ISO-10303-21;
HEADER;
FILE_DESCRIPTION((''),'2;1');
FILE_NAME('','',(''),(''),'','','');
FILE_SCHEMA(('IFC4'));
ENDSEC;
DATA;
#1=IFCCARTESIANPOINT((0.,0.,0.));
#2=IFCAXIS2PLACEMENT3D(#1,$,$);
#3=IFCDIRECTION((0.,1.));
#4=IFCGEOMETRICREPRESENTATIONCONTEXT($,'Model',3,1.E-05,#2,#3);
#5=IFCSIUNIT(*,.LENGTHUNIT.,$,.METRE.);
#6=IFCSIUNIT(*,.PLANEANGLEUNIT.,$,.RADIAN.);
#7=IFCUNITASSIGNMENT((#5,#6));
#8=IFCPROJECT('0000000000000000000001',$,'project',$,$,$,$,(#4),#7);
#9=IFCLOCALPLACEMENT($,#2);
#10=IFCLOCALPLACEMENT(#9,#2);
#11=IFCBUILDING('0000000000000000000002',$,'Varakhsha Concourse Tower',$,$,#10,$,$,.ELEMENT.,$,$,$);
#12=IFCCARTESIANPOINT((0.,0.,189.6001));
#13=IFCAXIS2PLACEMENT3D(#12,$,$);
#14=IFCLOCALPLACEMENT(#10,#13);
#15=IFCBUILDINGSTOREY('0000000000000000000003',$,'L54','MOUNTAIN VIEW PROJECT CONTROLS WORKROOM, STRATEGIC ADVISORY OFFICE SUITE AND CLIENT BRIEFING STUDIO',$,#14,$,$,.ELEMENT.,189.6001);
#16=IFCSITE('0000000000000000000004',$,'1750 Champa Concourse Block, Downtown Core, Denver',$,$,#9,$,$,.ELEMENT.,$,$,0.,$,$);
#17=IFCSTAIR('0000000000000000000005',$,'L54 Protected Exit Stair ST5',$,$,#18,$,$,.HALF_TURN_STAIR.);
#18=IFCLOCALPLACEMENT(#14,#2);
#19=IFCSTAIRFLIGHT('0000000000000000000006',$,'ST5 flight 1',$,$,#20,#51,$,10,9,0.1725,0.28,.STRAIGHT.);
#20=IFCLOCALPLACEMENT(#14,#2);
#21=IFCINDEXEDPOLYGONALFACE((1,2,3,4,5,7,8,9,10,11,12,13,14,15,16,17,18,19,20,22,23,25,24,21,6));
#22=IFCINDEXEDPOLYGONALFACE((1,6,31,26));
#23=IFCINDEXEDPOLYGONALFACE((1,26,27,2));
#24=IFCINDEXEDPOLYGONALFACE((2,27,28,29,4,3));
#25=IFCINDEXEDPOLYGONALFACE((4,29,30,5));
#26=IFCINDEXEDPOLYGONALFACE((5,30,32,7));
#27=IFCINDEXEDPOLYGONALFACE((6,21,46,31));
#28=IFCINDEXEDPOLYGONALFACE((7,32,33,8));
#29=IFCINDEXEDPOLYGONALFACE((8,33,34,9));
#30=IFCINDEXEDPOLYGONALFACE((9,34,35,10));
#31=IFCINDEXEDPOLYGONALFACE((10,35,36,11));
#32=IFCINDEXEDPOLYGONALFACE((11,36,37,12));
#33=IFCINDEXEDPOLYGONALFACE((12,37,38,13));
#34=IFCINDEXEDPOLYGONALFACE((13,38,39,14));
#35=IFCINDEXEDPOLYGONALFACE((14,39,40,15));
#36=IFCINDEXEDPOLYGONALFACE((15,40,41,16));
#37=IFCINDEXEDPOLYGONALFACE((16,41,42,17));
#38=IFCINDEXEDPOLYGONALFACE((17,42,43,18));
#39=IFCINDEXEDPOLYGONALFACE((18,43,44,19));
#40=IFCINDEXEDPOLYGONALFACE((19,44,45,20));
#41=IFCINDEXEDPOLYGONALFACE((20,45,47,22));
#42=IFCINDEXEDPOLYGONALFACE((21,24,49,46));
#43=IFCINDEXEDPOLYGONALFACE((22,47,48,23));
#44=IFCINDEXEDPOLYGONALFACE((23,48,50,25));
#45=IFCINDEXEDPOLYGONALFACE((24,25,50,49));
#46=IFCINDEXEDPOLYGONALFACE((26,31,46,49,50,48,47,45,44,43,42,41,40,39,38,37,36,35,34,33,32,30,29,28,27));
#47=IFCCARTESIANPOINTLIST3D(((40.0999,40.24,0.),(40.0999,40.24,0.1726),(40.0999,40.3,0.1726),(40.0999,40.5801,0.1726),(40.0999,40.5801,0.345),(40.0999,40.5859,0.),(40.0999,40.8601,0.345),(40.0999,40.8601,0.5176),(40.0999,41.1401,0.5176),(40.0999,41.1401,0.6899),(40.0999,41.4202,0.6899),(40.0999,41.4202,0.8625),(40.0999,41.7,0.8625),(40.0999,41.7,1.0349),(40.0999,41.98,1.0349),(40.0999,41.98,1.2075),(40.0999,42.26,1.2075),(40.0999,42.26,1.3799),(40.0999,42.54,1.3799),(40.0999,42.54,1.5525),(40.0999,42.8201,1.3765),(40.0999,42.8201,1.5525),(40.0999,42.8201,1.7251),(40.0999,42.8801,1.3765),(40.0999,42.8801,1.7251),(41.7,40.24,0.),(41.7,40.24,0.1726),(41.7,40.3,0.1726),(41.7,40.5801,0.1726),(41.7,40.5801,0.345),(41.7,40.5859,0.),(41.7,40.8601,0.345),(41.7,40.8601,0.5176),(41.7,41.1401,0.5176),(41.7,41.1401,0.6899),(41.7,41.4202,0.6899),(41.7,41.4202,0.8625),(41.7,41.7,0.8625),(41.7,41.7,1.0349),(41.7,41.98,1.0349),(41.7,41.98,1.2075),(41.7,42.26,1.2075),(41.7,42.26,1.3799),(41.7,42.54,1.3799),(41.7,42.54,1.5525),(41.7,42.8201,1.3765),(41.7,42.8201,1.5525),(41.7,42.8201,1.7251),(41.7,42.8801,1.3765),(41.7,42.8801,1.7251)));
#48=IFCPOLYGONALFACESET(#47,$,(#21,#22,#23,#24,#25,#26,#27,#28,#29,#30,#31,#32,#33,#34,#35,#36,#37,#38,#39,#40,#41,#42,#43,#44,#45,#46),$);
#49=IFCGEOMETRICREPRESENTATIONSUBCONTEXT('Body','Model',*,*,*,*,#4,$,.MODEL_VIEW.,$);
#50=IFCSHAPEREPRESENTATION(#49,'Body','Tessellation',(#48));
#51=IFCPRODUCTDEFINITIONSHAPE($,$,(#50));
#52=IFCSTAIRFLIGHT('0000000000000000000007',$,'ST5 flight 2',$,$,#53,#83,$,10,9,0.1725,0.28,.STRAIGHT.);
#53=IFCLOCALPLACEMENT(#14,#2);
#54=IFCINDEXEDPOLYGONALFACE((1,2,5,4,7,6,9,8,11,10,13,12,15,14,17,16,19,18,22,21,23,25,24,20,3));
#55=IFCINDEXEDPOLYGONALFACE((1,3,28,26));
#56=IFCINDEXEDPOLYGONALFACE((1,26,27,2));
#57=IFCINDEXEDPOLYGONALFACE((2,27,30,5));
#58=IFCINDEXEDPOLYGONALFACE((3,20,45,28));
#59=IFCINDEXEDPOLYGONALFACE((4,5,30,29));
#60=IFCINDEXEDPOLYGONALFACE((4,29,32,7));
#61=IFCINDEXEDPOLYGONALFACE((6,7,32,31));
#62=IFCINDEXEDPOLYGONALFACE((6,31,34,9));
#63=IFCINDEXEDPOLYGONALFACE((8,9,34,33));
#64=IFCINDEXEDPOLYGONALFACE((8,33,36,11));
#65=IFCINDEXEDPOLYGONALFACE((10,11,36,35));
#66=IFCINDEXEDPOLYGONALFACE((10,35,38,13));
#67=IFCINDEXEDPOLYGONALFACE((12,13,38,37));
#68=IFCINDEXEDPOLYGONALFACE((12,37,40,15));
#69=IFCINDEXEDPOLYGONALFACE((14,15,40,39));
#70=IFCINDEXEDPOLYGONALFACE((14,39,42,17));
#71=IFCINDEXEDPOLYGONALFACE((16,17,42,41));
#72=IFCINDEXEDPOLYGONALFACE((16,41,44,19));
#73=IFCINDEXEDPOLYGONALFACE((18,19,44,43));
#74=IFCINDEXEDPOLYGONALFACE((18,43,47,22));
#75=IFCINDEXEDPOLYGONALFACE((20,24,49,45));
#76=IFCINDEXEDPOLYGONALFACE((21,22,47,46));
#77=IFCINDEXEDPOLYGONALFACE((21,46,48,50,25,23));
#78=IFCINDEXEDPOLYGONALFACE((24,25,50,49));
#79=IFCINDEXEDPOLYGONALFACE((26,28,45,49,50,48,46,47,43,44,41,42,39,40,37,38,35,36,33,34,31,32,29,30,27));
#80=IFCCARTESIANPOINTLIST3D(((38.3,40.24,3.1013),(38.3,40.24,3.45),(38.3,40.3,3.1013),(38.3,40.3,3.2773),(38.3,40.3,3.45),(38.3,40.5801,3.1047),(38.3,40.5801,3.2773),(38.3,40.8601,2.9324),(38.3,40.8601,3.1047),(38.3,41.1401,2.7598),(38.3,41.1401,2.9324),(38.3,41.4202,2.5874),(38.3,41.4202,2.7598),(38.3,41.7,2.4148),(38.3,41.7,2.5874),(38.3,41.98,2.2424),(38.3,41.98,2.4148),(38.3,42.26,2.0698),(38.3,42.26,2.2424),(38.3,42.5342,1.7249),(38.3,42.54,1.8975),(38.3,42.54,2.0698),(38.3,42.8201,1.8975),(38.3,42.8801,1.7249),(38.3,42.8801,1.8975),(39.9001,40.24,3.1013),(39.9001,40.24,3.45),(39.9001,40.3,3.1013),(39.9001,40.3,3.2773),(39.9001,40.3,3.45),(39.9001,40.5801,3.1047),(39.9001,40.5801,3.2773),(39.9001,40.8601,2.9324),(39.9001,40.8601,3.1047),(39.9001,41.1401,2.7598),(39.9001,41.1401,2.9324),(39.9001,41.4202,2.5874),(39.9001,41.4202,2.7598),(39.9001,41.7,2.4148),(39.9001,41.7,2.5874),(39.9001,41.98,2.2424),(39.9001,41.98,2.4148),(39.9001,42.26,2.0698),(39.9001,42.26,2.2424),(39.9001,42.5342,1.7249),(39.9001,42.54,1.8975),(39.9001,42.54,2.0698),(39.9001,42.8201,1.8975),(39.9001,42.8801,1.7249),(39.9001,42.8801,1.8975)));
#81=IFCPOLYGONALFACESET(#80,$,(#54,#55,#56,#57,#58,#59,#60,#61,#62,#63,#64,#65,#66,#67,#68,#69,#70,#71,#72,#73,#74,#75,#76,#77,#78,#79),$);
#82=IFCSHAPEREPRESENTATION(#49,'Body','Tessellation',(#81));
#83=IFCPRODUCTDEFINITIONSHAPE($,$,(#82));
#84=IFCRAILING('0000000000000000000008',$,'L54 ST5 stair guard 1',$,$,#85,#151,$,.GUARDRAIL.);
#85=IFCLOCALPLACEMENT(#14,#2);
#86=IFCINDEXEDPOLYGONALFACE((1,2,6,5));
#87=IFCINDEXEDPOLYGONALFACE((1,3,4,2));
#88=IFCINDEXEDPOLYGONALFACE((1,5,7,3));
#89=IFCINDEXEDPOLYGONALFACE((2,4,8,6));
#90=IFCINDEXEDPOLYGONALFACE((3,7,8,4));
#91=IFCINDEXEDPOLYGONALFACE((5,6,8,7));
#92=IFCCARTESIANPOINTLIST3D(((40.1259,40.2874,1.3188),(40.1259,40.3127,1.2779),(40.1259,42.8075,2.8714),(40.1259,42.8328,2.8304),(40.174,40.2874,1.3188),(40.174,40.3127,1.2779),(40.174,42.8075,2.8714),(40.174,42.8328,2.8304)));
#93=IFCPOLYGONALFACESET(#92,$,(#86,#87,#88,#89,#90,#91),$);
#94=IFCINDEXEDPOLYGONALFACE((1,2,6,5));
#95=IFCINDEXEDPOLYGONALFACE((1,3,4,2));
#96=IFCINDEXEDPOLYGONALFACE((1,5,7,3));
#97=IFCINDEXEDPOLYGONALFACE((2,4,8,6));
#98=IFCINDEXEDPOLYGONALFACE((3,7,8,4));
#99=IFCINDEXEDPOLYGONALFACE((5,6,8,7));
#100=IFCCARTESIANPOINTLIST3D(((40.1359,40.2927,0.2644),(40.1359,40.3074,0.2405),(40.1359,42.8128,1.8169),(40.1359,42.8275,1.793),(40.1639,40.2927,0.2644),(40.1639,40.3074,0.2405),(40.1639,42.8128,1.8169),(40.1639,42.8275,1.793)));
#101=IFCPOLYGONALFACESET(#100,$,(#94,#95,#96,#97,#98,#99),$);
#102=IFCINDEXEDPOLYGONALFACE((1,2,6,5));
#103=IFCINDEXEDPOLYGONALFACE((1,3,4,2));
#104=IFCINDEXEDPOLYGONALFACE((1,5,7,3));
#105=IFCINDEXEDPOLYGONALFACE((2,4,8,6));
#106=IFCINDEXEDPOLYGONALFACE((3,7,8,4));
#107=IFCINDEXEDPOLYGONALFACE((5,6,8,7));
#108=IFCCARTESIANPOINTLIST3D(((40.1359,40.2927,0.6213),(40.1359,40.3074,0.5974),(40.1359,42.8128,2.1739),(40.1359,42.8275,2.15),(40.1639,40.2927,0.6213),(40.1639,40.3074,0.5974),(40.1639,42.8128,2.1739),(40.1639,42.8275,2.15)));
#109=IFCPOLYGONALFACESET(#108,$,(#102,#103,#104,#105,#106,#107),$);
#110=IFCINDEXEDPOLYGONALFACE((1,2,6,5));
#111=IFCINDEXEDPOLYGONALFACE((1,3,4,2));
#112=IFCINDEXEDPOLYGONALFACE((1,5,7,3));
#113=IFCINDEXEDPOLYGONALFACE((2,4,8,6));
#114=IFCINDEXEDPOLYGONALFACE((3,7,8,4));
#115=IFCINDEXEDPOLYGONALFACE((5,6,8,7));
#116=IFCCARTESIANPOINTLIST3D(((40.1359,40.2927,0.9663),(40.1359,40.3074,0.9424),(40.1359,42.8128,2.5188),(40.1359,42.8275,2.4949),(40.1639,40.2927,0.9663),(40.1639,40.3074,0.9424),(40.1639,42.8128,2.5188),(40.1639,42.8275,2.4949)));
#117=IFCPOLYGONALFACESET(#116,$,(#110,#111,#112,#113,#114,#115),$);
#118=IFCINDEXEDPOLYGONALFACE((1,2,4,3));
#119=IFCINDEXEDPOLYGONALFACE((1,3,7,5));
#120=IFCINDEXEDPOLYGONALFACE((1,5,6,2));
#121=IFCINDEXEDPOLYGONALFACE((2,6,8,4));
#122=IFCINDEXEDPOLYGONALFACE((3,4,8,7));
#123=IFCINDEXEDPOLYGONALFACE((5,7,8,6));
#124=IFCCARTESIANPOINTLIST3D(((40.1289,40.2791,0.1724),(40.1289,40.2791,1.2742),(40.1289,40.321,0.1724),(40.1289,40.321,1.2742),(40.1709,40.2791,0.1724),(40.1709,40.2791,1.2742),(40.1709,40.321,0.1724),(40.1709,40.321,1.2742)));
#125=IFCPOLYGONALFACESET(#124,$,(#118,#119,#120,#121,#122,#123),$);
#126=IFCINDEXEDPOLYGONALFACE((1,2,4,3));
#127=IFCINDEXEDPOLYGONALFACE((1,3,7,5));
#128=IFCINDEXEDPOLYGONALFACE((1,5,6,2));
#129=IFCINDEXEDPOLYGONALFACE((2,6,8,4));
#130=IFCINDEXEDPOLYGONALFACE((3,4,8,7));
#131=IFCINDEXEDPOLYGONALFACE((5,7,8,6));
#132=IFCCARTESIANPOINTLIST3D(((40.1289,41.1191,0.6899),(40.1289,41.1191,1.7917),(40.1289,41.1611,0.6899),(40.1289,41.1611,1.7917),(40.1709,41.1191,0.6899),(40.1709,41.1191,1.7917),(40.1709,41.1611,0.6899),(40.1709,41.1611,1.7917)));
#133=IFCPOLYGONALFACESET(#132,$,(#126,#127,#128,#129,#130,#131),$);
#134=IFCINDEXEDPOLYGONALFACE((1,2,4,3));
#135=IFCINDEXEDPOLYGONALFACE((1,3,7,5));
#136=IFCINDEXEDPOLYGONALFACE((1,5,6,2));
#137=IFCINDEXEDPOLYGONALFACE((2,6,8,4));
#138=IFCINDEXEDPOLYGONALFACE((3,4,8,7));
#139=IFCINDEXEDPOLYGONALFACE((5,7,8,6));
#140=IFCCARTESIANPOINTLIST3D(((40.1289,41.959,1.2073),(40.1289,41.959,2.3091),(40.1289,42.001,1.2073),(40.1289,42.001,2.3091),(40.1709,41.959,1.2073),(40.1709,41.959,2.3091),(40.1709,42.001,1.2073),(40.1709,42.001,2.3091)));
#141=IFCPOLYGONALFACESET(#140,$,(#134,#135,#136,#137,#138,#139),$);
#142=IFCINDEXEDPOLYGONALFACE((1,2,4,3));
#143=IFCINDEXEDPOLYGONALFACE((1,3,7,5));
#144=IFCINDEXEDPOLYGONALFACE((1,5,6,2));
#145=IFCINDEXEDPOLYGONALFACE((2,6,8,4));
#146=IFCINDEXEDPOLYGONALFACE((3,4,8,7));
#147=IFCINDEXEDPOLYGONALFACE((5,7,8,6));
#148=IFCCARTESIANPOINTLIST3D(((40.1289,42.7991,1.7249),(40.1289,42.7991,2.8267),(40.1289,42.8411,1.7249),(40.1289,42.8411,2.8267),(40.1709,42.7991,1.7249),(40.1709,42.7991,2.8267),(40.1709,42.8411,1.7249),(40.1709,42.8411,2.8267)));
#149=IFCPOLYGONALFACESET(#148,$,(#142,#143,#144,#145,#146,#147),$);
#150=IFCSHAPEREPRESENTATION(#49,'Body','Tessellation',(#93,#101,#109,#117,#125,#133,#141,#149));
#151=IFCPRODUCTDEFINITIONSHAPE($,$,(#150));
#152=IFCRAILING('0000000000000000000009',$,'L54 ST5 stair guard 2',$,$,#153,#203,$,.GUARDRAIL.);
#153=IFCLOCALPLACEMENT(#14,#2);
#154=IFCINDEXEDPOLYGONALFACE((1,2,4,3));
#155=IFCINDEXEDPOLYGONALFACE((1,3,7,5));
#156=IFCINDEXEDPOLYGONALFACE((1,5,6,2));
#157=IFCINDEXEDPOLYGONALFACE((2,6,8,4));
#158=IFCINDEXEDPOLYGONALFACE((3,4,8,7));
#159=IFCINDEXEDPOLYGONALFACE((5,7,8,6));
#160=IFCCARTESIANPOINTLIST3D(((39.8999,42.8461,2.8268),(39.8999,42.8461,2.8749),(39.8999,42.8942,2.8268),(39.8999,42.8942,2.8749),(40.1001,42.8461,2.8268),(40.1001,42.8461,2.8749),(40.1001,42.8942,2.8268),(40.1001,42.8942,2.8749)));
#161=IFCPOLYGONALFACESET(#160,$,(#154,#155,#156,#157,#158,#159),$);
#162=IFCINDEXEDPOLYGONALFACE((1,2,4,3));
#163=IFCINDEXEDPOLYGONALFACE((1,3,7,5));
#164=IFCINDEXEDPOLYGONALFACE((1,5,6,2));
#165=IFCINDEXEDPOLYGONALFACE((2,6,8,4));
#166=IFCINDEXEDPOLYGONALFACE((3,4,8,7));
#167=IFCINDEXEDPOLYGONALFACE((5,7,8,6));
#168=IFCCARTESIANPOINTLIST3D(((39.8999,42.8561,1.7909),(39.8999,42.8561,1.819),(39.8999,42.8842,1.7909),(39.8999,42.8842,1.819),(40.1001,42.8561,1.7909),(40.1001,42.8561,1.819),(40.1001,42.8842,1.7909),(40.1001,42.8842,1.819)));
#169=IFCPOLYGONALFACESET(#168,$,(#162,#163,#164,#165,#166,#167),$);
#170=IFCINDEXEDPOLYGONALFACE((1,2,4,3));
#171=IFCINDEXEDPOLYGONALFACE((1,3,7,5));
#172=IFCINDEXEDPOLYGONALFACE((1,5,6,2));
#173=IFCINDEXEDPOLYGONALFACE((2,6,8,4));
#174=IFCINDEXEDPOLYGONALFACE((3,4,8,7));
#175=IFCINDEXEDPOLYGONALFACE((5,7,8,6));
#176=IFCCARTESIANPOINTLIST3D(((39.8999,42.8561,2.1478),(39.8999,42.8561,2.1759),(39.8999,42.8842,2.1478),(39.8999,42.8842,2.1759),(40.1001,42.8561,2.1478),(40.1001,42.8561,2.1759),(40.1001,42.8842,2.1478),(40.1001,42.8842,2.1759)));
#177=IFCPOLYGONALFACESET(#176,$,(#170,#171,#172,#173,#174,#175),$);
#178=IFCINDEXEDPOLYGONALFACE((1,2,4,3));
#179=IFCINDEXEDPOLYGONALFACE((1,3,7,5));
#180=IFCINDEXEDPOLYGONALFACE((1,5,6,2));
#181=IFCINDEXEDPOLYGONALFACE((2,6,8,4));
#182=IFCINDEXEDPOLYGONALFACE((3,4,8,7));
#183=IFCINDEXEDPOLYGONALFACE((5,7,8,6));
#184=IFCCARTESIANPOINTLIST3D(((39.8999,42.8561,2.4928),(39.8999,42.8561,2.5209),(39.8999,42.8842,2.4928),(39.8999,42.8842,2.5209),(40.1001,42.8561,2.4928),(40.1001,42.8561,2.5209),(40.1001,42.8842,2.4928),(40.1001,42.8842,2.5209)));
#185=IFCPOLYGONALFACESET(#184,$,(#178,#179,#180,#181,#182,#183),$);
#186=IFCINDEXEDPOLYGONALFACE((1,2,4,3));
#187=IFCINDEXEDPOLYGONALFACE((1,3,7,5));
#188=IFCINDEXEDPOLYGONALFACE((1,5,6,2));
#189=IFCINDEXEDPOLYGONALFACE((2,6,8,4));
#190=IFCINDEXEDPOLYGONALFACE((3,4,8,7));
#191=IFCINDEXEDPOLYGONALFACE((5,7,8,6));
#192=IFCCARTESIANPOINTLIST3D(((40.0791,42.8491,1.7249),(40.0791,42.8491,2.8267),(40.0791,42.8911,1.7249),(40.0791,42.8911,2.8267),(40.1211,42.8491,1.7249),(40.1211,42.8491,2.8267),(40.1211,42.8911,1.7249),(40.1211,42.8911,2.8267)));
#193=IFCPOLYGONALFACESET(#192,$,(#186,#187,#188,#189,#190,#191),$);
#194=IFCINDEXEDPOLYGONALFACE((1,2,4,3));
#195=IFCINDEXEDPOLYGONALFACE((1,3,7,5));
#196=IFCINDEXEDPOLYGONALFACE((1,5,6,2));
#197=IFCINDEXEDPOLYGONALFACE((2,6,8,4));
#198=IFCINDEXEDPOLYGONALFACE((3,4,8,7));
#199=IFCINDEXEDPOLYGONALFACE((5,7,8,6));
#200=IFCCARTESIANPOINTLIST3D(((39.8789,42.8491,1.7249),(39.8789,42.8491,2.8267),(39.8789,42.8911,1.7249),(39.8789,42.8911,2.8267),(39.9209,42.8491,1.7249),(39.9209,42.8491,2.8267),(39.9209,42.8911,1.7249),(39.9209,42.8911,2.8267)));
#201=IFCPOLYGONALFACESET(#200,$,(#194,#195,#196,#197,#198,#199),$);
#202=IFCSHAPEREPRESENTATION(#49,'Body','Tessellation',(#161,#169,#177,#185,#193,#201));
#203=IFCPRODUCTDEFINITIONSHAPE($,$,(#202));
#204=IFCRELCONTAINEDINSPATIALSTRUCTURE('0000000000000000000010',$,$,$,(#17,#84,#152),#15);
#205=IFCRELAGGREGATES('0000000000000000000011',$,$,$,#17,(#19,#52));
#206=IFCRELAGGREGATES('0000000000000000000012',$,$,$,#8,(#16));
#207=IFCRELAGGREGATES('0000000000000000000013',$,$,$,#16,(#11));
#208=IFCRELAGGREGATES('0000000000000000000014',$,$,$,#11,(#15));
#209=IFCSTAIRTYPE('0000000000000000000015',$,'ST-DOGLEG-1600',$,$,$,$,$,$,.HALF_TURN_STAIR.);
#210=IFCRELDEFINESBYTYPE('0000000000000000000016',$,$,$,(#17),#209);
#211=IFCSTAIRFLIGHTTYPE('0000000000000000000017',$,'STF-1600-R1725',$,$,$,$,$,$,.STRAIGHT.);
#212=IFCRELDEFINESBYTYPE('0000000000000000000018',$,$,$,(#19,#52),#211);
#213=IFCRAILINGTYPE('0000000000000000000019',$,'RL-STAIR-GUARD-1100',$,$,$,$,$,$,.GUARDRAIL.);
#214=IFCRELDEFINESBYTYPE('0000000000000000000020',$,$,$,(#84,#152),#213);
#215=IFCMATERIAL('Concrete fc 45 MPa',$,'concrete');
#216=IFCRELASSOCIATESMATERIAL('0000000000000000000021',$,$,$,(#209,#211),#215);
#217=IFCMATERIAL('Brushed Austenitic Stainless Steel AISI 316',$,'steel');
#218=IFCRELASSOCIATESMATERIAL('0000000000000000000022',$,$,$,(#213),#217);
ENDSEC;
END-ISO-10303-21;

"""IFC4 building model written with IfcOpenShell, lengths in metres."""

from ifc_helpers import new_model, si_unit, direction, frame, origin, origin_2d, place, context, subcontext, project, spatial, polyline, rectangle, outline, extrude, material, type_object, element, aggregate, save


model = new_model("IFC4")

# Units and contexts
model_context = context("Model", 3, precision=1e-05, world=origin(), true_north=direction((0.0, 1.0)))
body_context = subcontext(model_context, "Body", "Model", "MODEL_VIEW")
ifc_project = project(units=[si_unit("LENGTHUNIT", "METRE"), si_unit("PLANEANGLEUNIT", "RADIAN")], contexts=[model_context])

# Site, building, storey
site_placement = place(None, origin())
site = spatial("IfcSite", under=ifc_project, at=site_placement, Name="1750 Champa Concourse Block, Downtown Core, Denver", CompositionType="ELEMENT", RefElevation=0.0)
building_placement = place(site_placement, origin())
building = spatial("IfcBuilding", under=site, at=building_placement, Name="Varakhsha Concourse Tower", CompositionType="ELEMENT")
storey_placement = place(building_placement, frame((0.0, 0.0, 189.6001)))
storey = spatial("IfcBuildingStorey", under=building, at=storey_placement, Name="L54", Description="MOUNTAIN VIEW PROJECT CONTROLS WORKROOM, STRATEGIC ADVISORY OFFICE SUITE AND CLIENT BRIEFING STUDIO", CompositionType="ELEMENT", Elevation=189.6001)

# Shared definitions
ifc_material_1 = material(Name="Concrete fc 45 MPa", Category="concrete")

# Stair, stair flights
stair_type = type_object("IfcStairType", Name="ST-DOGLEG-1600", PredefinedType="HALF_TURN_STAIR", material=ifc_material_1)
stair_placement = place(storey_placement, origin())
stair = element("IfcStair", 1, at=stair_placement, inside=storey, type_object=stair_type, Name="L54 Protected Exit Stair ST5", PredefinedType="HALF_TURN_STAIR")
stair_flight_type = type_object("IfcStairFlightType", Name="STF-1600-R1725", PredefinedType="STRAIGHT", material=ifc_material_1)
stair_flight_1_placement = place(storey_placement, frame((40.8999, 40.3, 0.0), z_axis=(0.0, 0.0, 1.0), x_axis=(0.0, 1.0, 0.0)))
stair_flight_1 = element("IfcStairFlight", 2, at=stair_flight_1_placement, type_object=stair_flight_type, Name="ST5 flight 1", NumberOfRisers=10, NumberOfTreads=9, PredefinedType="STRAIGHT", RiserHeight=0.1725, TreadLength=0.28, context=body_context, shape_type="SweptSolid", body=[
    extrude(outline(polyline([(-0.0601, 0.0), (-0.0601, 0.1726), (0.0, 0.1726), (0.28, 0.1726), (0.28, 0.345), (0.5601, 0.345), (0.5601, 0.5176), (0.8401, 0.5176), (0.8401, 0.6899), (1.1201, 0.6899), (1.1201, 0.8625), (1.3999, 0.8625), (1.3999, 1.0349), (1.6799, 1.0349), (1.6799, 1.2075), (1.96, 1.2075), (1.96, 1.3799), (2.24, 1.3799), (2.24, 1.5525), (2.52, 1.5525), (2.52, 1.7251), (2.5801, 1.7251), (2.5801, 1.3765), (2.52, 1.3765), (0.2859, 0.0), (-0.0601, 0.0)])), frame((0.0, 0.8, 0.0), z_axis=(0.0, -1.0, 0.0), x_axis=(1.0, 0.0, 0.0)), (0.0, 0.0, 1.0), 1.6001),
])
stair_flight_2_placement = place(storey_placement, frame((39.1001, 42.8201, 1.7249), z_axis=(0.0, 0.0, 1.0), x_axis=(0.0, -1.0, 0.0)))
stair_flight_2 = element("IfcStairFlight", 3, at=stair_flight_2_placement, type_object=stair_flight_type, Name="ST5 flight 2", NumberOfRisers=10, NumberOfTreads=9, PredefinedType="STRAIGHT", RiserHeight=0.1725, TreadLength=0.28, context=body_context, shape_type="SweptSolid", body=[
    extrude(outline(polyline([(-0.0601, 0.0), (-0.0601, 0.1726), (0.0, 0.1726), (0.28, 0.1726), (0.28, 0.345), (0.5601, 0.345), (0.5601, 0.5176), (0.8401, 0.5176), (0.8401, 0.6899), (1.1201, 0.6899), (1.1201, 0.8625), (1.3999, 0.8625), (1.3999, 1.0349), (1.6799, 1.0349), (1.6799, 1.2075), (1.96, 1.2075), (1.96, 1.3799), (2.24, 1.3799), (2.24, 1.5525), (2.52, 1.5525), (2.52, 1.7251), (2.5801, 1.7251), (2.5801, 1.3765), (2.52, 1.3765), (0.2859, 0.0), (-0.0601, 0.0)])), frame((0.0, 0.8, 0.0), z_axis=(0.0, -1.0, 0.0), x_axis=(1.0, 0.0, 0.0)), (0.0, 0.0, 1.0), 1.6001),
])
aggregate(stair, [stair_flight_1, stair_flight_2])

# Railings
ifc_material_2 = material(Name="Brushed Austenitic Stainless Steel AISI 316", Category="steel")
railing_type_1 = type_object("IfcRailingType", Name="RL-STAIR-GUARD-1100", PredefinedType="GUARDRAIL", material=ifc_material_2)
railing_1_placement = place(storey_placement, frame((40.1499, 40.3, 0.1724)))
element("IfcRailing", 4, at=railing_1_placement, inside=storey, type_object=railing_type_1, Name="L54 ST5 stair guard 1", PredefinedType="GUARDRAIL", context=body_context, shape_type="SweptSolid", body=[
    extrude(rectangle(XDim=0.0481, YDim=0.0481, at=origin_2d()), frame((0.0, 0.0, 1.126), z_axis=(0.0, 0.8514, 0.524516), x_axis=(-1.0, 0.0, 0.0)), (0.0, 0.0, 1.0), 2.96),
    extrude(rectangle(XDim=0.0281, YDim=0.0281, at=origin_2d()), frame((0.0, 0.0, 0.0801), z_axis=(0.0, 0.8514, 0.524516), x_axis=(-1.0, 0.0, 0.0)), (0.0, 0.0, 1.0), 2.96),
    extrude(rectangle(XDim=0.0281, YDim=0.0281, at=origin_2d()), frame((0.0, 0.0, 0.437), z_axis=(0.0, 0.8514, 0.524516), x_axis=(-1.0, 0.0, 0.0)), (0.0, 0.0, 1.0), 2.96),
    extrude(rectangle(XDim=0.0281, YDim=0.0281, at=origin_2d()), frame((0.0, 0.0, 0.782), z_axis=(0.0, 0.8514, 0.524516), x_axis=(-1.0, 0.0, 0.0)), (0.0, 0.0, 1.0), 2.96),
    extrude(rectangle(XDim=0.042, YDim=0.042, at=origin_2d()), origin(), (0.0, 0.0, 1.0), 1.1018),
    extrude(rectangle(XDim=0.042, YDim=0.042, at=origin_2d()), frame((0.0, 0.8401, 0.5176)), (0.0, 0.0, 1.0), 1.1018),
    extrude(rectangle(XDim=0.042, YDim=0.042, at=origin_2d()), frame((0.0, 1.6799, 1.0349)), (0.0, 0.0, 1.0), 1.1018),
    extrude(rectangle(XDim=0.042, YDim=0.042, at=origin_2d()), frame((0.0, 2.52, 1.5525)), (0.0, 0.0, 1.0), 1.1018),
])
railing_2_placement = place(storey_placement, frame((40.1001, 42.8701, 1.7249)))
element("IfcRailing", 5, at=railing_2_placement, inside=storey, type_object=railing_type_1, Name="L54 ST5 stair guard 2", PredefinedType="GUARDRAIL", context=body_context, shape_type="SweptSolid", body=[
    extrude(rectangle(XDim=0.0481, YDim=0.0481, at=origin_2d()), frame((0.0, 0.0, 1.126), z_axis=(-1.0, 0.0, 0.0), x_axis=(0.0, -1.0, 0.0)), (0.0, 0.0, 1.0), 0.2002),
    extrude(rectangle(XDim=0.0281, YDim=0.0281, at=origin_2d()), frame((0.0, 0.0, 0.0801), z_axis=(-1.0, 0.0, 0.0), x_axis=(0.0, -1.0, 0.0)), (0.0, 0.0, 1.0), 0.2002),
    extrude(rectangle(XDim=0.0281, YDim=0.0281, at=origin_2d()), frame((0.0, 0.0, 0.437), z_axis=(-1.0, 0.0, 0.0), x_axis=(0.0, -1.0, 0.0)), (0.0, 0.0, 1.0), 0.2002),
    extrude(rectangle(XDim=0.0281, YDim=0.0281, at=origin_2d()), frame((0.0, 0.0, 0.782), z_axis=(-1.0, 0.0, 0.0), x_axis=(0.0, -1.0, 0.0)), (0.0, 0.0, 1.0), 0.2002),
    extrude(rectangle(XDim=0.042, YDim=0.042, at=origin_2d()), origin(), (0.0, 0.0, 1.0), 1.1018),
    extrude(rectangle(XDim=0.042, YDim=0.042, at=origin_2d()), frame((-0.2002, 0.0, 0.0)), (0.0, 0.0, 1.0), 1.1018),
])

save(model, "model.ifc")
